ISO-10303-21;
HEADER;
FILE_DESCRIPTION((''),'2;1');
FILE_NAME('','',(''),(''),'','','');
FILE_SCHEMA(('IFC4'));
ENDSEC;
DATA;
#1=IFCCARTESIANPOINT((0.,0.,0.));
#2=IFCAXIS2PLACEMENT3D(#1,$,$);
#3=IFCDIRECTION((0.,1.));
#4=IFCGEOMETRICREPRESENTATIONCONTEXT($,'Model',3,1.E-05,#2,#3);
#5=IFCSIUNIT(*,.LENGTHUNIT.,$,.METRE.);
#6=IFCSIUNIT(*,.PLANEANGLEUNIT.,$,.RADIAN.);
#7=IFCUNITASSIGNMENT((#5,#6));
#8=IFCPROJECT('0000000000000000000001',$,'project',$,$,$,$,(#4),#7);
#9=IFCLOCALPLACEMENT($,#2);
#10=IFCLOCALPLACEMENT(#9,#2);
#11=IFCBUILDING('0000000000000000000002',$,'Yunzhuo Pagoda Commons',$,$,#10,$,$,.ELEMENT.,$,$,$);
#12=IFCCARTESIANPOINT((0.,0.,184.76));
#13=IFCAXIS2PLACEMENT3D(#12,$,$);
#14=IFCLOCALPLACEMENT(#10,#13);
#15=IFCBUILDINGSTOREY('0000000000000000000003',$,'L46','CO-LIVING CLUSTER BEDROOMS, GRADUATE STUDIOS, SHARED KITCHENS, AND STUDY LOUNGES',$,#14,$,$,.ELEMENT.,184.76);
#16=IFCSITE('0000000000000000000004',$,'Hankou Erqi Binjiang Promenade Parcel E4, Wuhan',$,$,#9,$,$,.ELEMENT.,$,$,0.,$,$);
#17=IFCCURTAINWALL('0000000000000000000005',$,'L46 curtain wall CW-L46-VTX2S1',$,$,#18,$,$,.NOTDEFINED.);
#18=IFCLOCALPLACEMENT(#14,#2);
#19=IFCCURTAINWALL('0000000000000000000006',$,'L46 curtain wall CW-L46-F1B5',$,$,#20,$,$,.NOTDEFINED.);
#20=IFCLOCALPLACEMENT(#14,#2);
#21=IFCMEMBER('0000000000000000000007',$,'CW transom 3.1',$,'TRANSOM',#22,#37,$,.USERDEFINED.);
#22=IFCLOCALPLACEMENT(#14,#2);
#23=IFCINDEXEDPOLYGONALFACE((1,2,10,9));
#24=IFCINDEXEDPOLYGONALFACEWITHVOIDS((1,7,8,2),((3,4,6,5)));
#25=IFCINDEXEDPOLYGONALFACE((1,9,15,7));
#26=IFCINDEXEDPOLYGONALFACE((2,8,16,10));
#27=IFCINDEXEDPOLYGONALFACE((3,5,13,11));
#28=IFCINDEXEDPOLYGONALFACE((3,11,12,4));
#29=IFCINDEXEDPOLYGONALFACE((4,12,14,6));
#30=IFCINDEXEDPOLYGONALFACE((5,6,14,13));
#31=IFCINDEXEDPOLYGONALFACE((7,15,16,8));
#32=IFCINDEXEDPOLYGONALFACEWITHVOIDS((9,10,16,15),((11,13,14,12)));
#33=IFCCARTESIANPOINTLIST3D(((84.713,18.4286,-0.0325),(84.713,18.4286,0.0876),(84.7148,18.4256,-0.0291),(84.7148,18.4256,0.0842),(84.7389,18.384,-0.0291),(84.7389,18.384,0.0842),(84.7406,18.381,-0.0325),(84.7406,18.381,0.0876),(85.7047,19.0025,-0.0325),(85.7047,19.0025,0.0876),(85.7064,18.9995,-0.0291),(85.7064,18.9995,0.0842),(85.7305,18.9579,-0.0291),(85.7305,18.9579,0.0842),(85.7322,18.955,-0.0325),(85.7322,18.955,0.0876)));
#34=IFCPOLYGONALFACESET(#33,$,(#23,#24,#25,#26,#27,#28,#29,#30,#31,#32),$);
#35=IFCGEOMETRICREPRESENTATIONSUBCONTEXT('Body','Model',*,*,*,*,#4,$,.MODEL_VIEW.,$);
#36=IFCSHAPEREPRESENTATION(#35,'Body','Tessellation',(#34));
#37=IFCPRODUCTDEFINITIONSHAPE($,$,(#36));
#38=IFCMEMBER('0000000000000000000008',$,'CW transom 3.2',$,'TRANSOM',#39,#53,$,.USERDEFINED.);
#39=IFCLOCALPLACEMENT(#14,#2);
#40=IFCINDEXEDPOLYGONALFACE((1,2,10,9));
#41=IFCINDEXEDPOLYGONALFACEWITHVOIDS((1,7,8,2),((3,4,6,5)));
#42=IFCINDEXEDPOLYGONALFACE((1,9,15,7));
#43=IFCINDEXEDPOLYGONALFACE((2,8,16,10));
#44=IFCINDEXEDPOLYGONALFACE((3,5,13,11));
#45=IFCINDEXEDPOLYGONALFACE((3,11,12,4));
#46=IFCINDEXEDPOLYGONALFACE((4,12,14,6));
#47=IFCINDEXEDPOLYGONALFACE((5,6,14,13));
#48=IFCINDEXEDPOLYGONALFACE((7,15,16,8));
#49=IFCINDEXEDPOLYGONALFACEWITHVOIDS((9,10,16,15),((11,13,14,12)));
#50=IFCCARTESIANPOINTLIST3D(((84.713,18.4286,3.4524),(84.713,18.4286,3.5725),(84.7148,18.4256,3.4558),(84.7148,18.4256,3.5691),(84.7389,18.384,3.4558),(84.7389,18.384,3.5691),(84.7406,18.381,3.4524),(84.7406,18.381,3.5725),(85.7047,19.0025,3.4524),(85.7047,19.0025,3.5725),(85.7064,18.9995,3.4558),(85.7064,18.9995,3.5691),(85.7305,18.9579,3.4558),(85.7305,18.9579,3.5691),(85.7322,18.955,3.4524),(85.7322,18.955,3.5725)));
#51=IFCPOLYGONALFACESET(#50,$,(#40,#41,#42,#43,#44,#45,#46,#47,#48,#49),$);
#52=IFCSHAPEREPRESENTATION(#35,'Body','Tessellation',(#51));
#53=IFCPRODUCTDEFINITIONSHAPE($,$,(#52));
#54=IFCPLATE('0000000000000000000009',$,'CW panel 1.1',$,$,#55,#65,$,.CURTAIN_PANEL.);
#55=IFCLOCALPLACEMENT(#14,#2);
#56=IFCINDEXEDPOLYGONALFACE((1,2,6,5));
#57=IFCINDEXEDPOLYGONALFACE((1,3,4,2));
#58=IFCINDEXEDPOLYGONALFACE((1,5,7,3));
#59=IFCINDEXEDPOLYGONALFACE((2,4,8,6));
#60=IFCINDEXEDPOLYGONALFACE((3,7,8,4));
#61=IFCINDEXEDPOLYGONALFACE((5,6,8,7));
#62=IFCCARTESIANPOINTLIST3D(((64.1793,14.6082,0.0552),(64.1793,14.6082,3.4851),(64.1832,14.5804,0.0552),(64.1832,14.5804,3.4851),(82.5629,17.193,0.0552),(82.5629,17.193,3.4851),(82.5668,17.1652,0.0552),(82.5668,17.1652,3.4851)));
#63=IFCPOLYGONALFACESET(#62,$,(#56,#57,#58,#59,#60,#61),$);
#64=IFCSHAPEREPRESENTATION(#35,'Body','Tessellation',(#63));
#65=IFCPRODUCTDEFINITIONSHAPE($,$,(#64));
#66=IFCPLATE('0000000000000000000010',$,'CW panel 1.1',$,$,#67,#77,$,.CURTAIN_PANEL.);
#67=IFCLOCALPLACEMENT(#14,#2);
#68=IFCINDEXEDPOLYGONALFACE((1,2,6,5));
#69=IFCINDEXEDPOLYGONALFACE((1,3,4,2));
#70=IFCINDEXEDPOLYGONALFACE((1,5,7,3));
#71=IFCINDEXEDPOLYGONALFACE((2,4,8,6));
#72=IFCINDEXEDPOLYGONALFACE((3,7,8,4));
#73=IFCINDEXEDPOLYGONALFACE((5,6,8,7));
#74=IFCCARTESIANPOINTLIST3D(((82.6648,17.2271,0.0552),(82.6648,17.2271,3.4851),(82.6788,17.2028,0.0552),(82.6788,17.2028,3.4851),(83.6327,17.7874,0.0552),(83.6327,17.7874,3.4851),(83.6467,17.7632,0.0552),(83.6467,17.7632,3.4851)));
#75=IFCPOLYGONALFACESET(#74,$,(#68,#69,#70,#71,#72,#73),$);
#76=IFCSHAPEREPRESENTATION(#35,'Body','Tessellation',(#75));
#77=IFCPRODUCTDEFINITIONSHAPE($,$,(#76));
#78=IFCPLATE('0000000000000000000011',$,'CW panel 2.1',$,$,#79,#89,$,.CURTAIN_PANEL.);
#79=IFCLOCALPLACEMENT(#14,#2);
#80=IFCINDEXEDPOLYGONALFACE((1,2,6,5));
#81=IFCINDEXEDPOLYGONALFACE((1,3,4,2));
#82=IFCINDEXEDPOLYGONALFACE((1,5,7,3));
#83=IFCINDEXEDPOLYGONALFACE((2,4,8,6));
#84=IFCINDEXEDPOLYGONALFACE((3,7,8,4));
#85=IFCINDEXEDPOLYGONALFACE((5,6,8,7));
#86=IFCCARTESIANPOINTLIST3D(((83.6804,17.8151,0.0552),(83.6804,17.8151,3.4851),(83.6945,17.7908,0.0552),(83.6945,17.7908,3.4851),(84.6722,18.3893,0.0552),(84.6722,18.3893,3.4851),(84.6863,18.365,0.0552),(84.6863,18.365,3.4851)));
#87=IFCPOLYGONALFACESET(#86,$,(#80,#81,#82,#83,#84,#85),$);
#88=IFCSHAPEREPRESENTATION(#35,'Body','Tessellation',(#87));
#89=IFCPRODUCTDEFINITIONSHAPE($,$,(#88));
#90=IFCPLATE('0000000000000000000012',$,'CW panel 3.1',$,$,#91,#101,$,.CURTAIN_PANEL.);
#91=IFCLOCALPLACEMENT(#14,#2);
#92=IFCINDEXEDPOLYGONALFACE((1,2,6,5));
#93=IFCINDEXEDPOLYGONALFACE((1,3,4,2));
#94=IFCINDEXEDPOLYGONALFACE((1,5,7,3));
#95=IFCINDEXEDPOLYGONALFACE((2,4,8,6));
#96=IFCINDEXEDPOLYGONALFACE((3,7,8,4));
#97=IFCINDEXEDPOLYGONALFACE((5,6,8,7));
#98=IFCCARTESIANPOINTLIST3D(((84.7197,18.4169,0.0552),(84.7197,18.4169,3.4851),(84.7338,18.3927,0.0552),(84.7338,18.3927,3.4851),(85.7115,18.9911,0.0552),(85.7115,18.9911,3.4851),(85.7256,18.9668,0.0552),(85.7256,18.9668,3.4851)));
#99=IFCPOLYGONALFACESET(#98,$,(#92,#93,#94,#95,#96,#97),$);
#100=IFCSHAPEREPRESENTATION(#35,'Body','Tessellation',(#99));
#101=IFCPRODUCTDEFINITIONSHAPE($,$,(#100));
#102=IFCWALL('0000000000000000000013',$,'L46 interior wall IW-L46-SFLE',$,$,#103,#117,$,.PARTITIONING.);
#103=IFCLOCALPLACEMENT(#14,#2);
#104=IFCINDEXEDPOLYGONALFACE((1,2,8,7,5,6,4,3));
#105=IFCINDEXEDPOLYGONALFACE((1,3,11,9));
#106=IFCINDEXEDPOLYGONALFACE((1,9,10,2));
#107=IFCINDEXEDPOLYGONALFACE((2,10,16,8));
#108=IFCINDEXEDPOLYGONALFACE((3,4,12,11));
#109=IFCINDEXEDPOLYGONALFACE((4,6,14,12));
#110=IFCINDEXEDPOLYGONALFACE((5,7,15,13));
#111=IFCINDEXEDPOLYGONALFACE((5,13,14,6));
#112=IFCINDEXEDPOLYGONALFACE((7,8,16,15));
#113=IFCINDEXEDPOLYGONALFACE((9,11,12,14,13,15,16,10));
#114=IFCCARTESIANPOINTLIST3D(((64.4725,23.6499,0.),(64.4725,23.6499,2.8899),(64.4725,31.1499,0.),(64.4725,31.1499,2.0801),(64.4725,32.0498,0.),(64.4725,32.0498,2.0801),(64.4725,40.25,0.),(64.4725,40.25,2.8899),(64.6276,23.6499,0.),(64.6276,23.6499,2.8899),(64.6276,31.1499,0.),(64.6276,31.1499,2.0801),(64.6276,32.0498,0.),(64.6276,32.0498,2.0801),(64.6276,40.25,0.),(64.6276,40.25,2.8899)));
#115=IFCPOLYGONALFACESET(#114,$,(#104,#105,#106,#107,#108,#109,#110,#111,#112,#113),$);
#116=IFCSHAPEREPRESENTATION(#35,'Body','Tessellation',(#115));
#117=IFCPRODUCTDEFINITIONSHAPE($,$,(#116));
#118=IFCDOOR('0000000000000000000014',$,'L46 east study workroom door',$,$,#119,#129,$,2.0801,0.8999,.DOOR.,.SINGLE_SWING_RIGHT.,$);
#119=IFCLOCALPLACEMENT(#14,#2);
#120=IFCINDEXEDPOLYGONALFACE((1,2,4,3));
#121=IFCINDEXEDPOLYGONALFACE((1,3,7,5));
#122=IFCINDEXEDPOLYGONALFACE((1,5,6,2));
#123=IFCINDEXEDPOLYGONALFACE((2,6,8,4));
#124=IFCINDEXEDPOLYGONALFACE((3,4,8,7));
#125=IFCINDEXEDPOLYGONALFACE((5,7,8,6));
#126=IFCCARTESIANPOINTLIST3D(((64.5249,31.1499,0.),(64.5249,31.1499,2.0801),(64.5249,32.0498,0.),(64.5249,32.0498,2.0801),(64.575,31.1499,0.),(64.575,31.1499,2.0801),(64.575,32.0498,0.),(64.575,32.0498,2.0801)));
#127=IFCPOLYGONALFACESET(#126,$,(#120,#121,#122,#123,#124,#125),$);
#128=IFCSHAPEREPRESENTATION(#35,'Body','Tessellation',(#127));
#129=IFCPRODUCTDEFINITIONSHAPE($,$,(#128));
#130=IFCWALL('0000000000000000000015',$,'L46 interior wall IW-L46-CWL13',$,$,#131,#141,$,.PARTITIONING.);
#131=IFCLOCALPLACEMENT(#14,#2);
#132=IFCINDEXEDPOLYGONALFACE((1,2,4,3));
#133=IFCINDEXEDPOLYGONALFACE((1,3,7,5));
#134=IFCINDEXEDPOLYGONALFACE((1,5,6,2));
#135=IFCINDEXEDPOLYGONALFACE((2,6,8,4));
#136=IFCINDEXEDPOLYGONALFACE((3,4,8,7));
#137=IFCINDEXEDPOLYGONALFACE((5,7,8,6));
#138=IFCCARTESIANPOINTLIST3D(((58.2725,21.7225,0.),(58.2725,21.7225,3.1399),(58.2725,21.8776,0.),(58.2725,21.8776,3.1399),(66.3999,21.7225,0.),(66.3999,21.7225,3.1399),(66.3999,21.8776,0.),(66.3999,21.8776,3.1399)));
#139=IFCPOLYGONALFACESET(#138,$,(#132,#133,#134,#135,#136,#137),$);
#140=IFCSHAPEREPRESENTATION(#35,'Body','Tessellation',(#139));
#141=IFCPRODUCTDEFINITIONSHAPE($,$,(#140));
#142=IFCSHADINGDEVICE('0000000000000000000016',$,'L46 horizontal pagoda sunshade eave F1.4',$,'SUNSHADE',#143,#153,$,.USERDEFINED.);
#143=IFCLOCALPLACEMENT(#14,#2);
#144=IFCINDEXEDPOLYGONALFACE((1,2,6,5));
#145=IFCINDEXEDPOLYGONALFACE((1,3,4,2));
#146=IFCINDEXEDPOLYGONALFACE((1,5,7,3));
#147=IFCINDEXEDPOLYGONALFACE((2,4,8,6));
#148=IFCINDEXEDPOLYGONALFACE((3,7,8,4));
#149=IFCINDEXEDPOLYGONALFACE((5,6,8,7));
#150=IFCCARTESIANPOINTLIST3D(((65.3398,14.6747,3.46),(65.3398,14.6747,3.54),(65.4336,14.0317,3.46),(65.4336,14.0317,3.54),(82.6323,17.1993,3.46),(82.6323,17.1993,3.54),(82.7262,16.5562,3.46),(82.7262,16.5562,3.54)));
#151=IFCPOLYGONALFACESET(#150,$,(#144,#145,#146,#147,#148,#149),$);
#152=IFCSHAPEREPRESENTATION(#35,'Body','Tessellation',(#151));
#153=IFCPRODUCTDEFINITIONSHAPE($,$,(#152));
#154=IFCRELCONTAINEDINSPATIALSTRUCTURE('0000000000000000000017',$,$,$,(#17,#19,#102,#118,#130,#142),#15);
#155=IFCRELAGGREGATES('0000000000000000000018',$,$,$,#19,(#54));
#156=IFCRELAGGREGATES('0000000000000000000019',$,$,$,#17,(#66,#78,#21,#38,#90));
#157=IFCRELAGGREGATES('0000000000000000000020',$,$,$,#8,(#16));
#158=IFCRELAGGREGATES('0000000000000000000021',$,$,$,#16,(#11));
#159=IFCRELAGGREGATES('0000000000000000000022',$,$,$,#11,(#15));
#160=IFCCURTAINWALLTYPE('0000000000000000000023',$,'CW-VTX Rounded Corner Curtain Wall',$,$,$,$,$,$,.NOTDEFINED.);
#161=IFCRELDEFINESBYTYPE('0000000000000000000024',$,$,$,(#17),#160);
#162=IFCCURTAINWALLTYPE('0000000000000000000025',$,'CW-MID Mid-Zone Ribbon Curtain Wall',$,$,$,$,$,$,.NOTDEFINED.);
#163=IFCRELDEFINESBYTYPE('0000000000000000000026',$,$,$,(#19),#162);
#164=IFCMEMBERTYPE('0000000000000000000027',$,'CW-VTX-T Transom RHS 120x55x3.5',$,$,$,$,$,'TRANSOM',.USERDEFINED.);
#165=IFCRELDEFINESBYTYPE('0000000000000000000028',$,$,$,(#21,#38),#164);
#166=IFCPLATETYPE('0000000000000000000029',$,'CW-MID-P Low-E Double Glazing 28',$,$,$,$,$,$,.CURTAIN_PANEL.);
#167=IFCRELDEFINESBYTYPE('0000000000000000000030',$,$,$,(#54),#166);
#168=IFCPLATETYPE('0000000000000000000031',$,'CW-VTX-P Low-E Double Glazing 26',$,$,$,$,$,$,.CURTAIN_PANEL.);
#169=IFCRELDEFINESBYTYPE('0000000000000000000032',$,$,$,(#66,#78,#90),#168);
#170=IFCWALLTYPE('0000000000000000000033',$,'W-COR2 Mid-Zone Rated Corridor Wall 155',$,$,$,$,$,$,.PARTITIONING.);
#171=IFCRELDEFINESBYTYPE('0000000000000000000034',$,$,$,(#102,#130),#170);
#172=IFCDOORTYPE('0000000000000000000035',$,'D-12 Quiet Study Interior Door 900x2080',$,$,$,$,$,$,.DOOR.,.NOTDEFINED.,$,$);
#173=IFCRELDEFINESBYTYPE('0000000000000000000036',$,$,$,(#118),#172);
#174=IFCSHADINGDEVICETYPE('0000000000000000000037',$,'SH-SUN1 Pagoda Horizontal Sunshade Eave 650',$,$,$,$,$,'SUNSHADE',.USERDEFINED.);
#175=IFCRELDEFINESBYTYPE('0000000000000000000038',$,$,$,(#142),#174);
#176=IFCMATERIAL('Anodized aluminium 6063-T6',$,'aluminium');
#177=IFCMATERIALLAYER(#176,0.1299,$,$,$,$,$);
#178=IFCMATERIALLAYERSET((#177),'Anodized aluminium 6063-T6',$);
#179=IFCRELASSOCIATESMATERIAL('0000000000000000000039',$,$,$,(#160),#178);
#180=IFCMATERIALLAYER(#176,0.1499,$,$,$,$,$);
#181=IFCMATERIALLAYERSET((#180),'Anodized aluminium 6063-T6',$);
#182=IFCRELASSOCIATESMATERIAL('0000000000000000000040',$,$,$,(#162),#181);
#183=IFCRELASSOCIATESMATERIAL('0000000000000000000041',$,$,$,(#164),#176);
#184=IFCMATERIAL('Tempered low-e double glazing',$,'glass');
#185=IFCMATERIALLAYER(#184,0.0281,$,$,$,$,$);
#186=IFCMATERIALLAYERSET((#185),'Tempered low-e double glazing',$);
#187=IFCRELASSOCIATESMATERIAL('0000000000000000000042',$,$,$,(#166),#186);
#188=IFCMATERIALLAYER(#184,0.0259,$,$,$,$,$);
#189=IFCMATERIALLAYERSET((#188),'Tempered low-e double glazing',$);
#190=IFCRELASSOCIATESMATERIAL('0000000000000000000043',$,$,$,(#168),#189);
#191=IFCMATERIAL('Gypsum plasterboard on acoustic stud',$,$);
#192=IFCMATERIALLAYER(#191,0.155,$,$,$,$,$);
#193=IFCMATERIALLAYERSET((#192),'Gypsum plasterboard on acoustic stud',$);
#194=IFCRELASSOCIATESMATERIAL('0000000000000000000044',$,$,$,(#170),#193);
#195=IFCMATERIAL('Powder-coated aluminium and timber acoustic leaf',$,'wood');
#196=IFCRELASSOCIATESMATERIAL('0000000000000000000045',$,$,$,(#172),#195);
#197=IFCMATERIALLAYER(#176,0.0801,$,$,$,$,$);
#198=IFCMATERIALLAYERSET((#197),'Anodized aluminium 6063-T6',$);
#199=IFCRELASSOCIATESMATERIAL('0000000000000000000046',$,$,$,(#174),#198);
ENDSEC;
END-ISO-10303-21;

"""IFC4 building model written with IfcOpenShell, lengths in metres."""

from ifc_helpers import new_model, si_unit, direction, frame, frame_2d, origin, origin_2d, place, context, subcontext, project, spatial, rectangle, hollow_rectangle, extrude, source, transform, mapped, material, layer, layer_set, material_profile, profile_set, type_object, element, fill, aggregate, save


model = new_model("IFC4")

# Units and contexts
model_context = context("Model", 3, precision=1e-05, world=origin(), true_north=direction((0.0, 1.0)))
body_context = subcontext(model_context, "Body", "Model", "MODEL_VIEW")
ifc_project = project(units=[si_unit("LENGTHUNIT", "METRE"), si_unit("PLANEANGLEUNIT", "RADIAN")], contexts=[model_context])

# Site, building, storey
site_placement = place(None, origin())
site = spatial("IfcSite", under=ifc_project, at=site_placement, Name="Hankou Erqi Binjiang Promenade Parcel E4, Wuhan", CompositionType="ELEMENT", RefElevation=0.0)
building_placement = place(site_placement, origin())
building = spatial("IfcBuilding", under=site, at=building_placement, Name="Yunzhuo Pagoda Commons", CompositionType="ELEMENT")
storey_placement = place(building_placement, frame((0.0, 0.0, 184.76)))
storey = spatial("IfcBuildingStorey", under=building, at=storey_placement, Name="L46", Description="CO-LIVING CLUSTER BEDROOMS, GRADUATE STUDIOS, SHARED KITCHENS, AND STUDY LOUNGES", CompositionType="ELEMENT", Elevation=184.76)

# Curtain wall
ifc_material_1 = material(Name="Anodized aluminium 6063-T6", Category="aluminium")
ifc_layer_1 = layer(ifc_material_1, 0.1299)
ifc_layer_set_1 = layer_set([ifc_layer_1], Name="Anodized aluminium 6063-T6")
curtain_wall_type_1 = type_object("IfcCurtainWallType", Name="CW-VTX Rounded Corner Curtain Wall", PredefinedType="NOTDEFINED", material=ifc_layer_set_1)
curtain_wall_1_placement = place(storey_placement, origin())
curtain_wall_1 = element("IfcCurtainWall", 1, at=curtain_wall_1_placement, inside=storey, type_object=curtain_wall_type_1, Name="L46 curtain wall CW-L46-VTX2S1", PredefinedType="NOTDEFINED")

# Shared definitions
ifc_layer_2 = layer(ifc_material_1, 0.1499)
ifc_layer_set_2 = layer_set([ifc_layer_2], Name="Anodized aluminium 6063-T6")
curtain_wall_type_2 = type_object("IfcCurtainWallType", Name="CW-MID Mid-Zone Ribbon Curtain Wall", PredefinedType="NOTDEFINED", material=ifc_layer_set_2)

# Curtain wall
curtain_wall_2_placement = place(storey_placement, origin())
curtain_wall_2 = element("IfcCurtainWall", 2, at=curtain_wall_2_placement, inside=storey, type_object=curtain_wall_type_2, Name="L46 curtain wall CW-L46-F1B5", PredefinedType="NOTDEFINED")

# Members
ifc_material_profile_1 = material_profile(ifc_material_1, hollow_rectangle(XDim=0.0549, YDim=0.1201, WallThickness=0.0034, at=origin_2d()), Name="Anodized aluminium 6063-T6")
ifc_profile_set_1 = profile_set([ifc_material_profile_1], Name="Anodized aluminium 6063-T6")
member_type_1 = type_object("IfcMemberType", Name="CW-VTX-T Transom RHS 120x55x3.5", ElementType="TRANSOM", PredefinedType="USERDEFINED", material=ifc_profile_set_1)
shared_shape_1 = source(origin(), body_context, "Body", "SweptSolid", [
    extrude(hollow_rectangle(XDim=0.0549, YDim=0.1201, WallThickness=0.0034, at=origin_2d()), origin(), (0.0, 0.0, 1.0), 1.1458),
])
member_1_placement = place(storey_placement, frame((84.7268, 18.4048, 0.0276), z_axis=(0.865489, 0.500927, 0.0), x_axis=(-0.500927, 0.865489, 0.0)))
member_1 = element("IfcMember", 3, at=member_1_placement, type_object=member_type_1, Name="CW transom 3.1", ObjectType="TRANSOM", PredefinedType="USERDEFINED", context=body_context, shape_type="MappedRepresentation", body=[
    mapped(shared_shape_1, transform((0.0, 0.0, 0.0), scale=1.0)),
])
member_2_placement = place(storey_placement, frame((84.7268, 18.4048, 3.5125), z_axis=(0.865489, 0.500927, 0.0), x_axis=(-0.500927, 0.865489, 0.0)))
member_2 = element("IfcMember", 4, at=member_2_placement, type_object=member_type_1, Name="CW transom 3.2", ObjectType="TRANSOM", PredefinedType="USERDEFINED", context=body_context, shape_type="MappedRepresentation", body=[
    mapped(shared_shape_1, transform((0.0, 0.0, 0.0), scale=1.0)),
])

# Plates
ifc_material_2 = material(Name="Tempered low-e double glazing", Category="glass")
ifc_layer_3 = layer(ifc_material_2, 0.0281)
ifc_layer_set_3 = layer_set([ifc_layer_3], Name="Tempered low-e double glazing")
plate_type_1 = type_object("IfcPlateType", Name="CW-MID-P Low-E Double Glazing 28", PredefinedType="CURTAIN_PANEL", material=ifc_layer_set_3)
shared_shape_2 = source(origin(), body_context, "Body", "SweptSolid", [
    extrude(rectangle(XDim=18.5645, YDim=0.0281, at=origin_2d()), origin(), (0.0, 0.0, 1.0), 3.4299),
])
plate_1_placement = place(storey_placement, frame((73.373, 15.8867, 0.0552), z_axis=(0.0, 0.0, 1.0), x_axis=(0.99026, 0.139233, 0.0)))
plate_1 = element("IfcPlate", 5, at=plate_1_placement, type_object=plate_type_1, Name="CW panel 1.1", PredefinedType="CURTAIN_PANEL", context=body_context, shape_type="MappedRepresentation", body=[
    mapped(shared_shape_2, transform((0.0, 0.0, 0.0), scale=1.0)),
])
aggregate(curtain_wall_2, [plate_1])
ifc_layer_4 = layer(ifc_material_2, 0.0259)
ifc_layer_set_4 = layer_set([ifc_layer_4], Name="Tempered low-e double glazing")
plate_type_2 = type_object("IfcPlateType", Name="CW-VTX-P Low-E Double Glazing 26", PredefinedType="CURTAIN_PANEL", material=ifc_layer_set_4)
shared_shape_3 = source(origin(), body_context, "Body", "SweptSolid", [
    extrude(rectangle(XDim=1.1184, YDim=0.0281, at=origin_2d()), origin(), (0.0, 0.0, 1.0), 3.4299),
])
plate_2_placement = place(storey_placement, frame((83.1558, 17.4951, 0.0552), z_axis=(0.0, 0.0, 1.0), x_axis=(0.865424, 0.50104, 0.0)))
plate_2 = element("IfcPlate", 6, at=plate_2_placement, type_object=plate_type_2, Name="CW panel 1.1", PredefinedType="CURTAIN_PANEL", context=body_context, shape_type="MappedRepresentation", body=[
    mapped(shared_shape_3, transform((0.0, 0.0, 0.0), scale=1.0)),
])
shared_shape_4 = source(origin(), body_context, "Body", "SweptSolid", [
    extrude(rectangle(XDim=1.146, YDim=0.0281, at=origin_2d()), origin(), (0.0, 0.0, 1.0), 3.4299),
])
plate_3_placement = place(storey_placement, frame((84.1833, 18.0901, 0.0552), z_axis=(0.0, 0.0, 1.0), x_axis=(0.865424, 0.50104, 0.0)))
plate_3 = element("IfcPlate", 7, at=plate_3_placement, type_object=plate_type_2, Name="CW panel 2.1", PredefinedType="CURTAIN_PANEL", context=body_context, shape_type="MappedRepresentation", body=[
    mapped(shared_shape_4, transform((0.0, 0.0, 0.0), scale=1.0)),
])
plate_4_placement = place(storey_placement, frame((85.2227, 18.6919, 0.0552), z_axis=(0.0, 0.0, 1.0), x_axis=(0.865424, 0.50104, 0.0)))
plate_4 = element("IfcPlate", 8, at=plate_4_placement, type_object=plate_type_2, Name="CW panel 3.1", PredefinedType="CURTAIN_PANEL", context=body_context, shape_type="MappedRepresentation", body=[
    mapped(shared_shape_4, transform((0.0, 0.0, 0.0), scale=1.0)),
])
aggregate(curtain_wall_1, [plate_2, plate_3, member_1, member_2, plate_4])

# Wall, opening, door
ifc_material_3 = material(Name="Gypsum plasterboard on acoustic stud")
ifc_layer_5 = layer(ifc_material_3, 0.155)
ifc_layer_set_5 = layer_set([ifc_layer_5], Name="Gypsum plasterboard on acoustic stud")
wall_type = type_object("IfcWallType", Name="W-COR2 Mid-Zone Rated Corridor Wall 155", PredefinedType="PARTITIONING", material=ifc_layer_set_5)
wall_1_placement = place(storey_placement, frame((64.55, 23.6499, 0.0), z_axis=(0.0, 0.0, 1.0), x_axis=(0.0, 1.0, 0.0)))
wall_1 = element("IfcWall", 9, at=wall_1_placement, inside=storey, type_object=wall_type, Name="L46 interior wall IW-L46-SFLE", PredefinedType="PARTITIONING", context=body_context, shape_type="SweptSolid", body=[
    extrude(rectangle(XDim=16.6001, YDim=0.155, at=frame_2d((8.3, 0.0))), origin(), (0.0, 0.0, 1.0), 2.8899),
])
opening_placement = place(wall_1_placement, frame((7.5, 0.0, 0.0)))
opening = element("IfcOpeningElement", 10, at=opening_placement, cuts=wall_1, PredefinedType="OPENING", context=body_context, shape_type="SweptSolid", body=[
    extrude(rectangle(XDim=0.8999, YDim=2.0801, at=frame_2d((0.45, 1.04))), frame((0.0, 0.0874, 0.0), z_axis=(0.0, -1.0, 0.0), x_axis=(1.0, 0.0, 0.0)), (0.0, 0.0, 1.0), 0.175),
])
ifc_material_4 = material(Name="Powder-coated aluminium and timber acoustic leaf", Category="wood")
door_type = type_object("IfcDoorType", Name="D-12 Quiet Study Interior Door 900x2080", OperationType="NOTDEFINED", PredefinedType="DOOR", material=ifc_material_4)
shared_shape_5 = source(origin(), body_context, "Body", "SweptSolid", [
    extrude(rectangle(XDim=0.8999, YDim=2.0801, at=frame_2d((0.45, 1.04))), frame((0.0, 0.0249, 0.0), z_axis=(0.0, -1.0, 0.0), x_axis=(1.0, 0.0, 0.0)), (0.0, 0.0, 1.0), 0.05),
])
door_placement = place(opening_placement, frame((0.8999, 0.0, 0.0), z_axis=(0.0, 0.0, 1.0), x_axis=(-1.0, 0.0, 0.0)))
door = element("IfcDoor", 11, at=door_placement, inside=storey, type_object=door_type, Name="L46 east study workroom door", OperationType="SINGLE_SWING_RIGHT", OverallHeight=2.0801, OverallWidth=0.8999, PredefinedType="DOOR", context=body_context, shape_type="MappedRepresentation", body=[
    mapped(shared_shape_5, transform((0.0, 0.0, 0.0), scale=1.0)),
])
fill(opening, door)

# Wall
wall_2_placement = place(storey_placement, frame((66.3999, 21.8, 0.0), z_axis=(0.0, 0.0, 1.0), x_axis=(-1.0, 0.0, 0.0)))
element("IfcWall", 12, at=wall_2_placement, inside=storey, type_object=wall_type, Name="L46 interior wall IW-L46-CWL13", PredefinedType="PARTITIONING", context=body_context, shape_type="SweptSolid", body=[
    extrude(rectangle(XDim=8.1274, YDim=0.155, at=frame_2d((4.0637, 0.0))), origin(), (0.0, 0.0, 1.0), 3.1399),
])

# Shading device
ifc_layer_6 = layer(ifc_material_1, 0.0801)
ifc_layer_set_6 = layer_set([ifc_layer_6], Name="Anodized aluminium 6063-T6")
shading_device_type = type_object("IfcShadingDeviceType", Name="SH-SUN1 Pagoda Horizontal Sunshade Eave 650", ElementType="SUNSHADE", PredefinedType="USERDEFINED", material=ifc_layer_set_6)
shared_shape_6 = source(origin(), body_context, "Body", "SweptSolid", [
    extrude(rectangle(XDim=17.4758, YDim=0.6499, at=origin_2d()), origin(), (0.0, 0.0, 1.0), 0.0801),
])
shading_device_placement = place(storey_placement, frame((74.033, 15.6155, 3.46), z_axis=(0.0, 0.0, 1.0), x_axis=(0.989511, 0.14446, 0.0)))
element("IfcShadingDevice", 13, at=shading_device_placement, inside=storey, type_object=shading_device_type, Name="L46 horizontal pagoda sunshade eave F1.4", ObjectType="SUNSHADE", PredefinedType="USERDEFINED", context=body_context, shape_type="MappedRepresentation", body=[
    mapped(shared_shape_6, transform((0.0, 0.0, 0.0), scale=1.0)),
])

save(model, "model.ifc")
